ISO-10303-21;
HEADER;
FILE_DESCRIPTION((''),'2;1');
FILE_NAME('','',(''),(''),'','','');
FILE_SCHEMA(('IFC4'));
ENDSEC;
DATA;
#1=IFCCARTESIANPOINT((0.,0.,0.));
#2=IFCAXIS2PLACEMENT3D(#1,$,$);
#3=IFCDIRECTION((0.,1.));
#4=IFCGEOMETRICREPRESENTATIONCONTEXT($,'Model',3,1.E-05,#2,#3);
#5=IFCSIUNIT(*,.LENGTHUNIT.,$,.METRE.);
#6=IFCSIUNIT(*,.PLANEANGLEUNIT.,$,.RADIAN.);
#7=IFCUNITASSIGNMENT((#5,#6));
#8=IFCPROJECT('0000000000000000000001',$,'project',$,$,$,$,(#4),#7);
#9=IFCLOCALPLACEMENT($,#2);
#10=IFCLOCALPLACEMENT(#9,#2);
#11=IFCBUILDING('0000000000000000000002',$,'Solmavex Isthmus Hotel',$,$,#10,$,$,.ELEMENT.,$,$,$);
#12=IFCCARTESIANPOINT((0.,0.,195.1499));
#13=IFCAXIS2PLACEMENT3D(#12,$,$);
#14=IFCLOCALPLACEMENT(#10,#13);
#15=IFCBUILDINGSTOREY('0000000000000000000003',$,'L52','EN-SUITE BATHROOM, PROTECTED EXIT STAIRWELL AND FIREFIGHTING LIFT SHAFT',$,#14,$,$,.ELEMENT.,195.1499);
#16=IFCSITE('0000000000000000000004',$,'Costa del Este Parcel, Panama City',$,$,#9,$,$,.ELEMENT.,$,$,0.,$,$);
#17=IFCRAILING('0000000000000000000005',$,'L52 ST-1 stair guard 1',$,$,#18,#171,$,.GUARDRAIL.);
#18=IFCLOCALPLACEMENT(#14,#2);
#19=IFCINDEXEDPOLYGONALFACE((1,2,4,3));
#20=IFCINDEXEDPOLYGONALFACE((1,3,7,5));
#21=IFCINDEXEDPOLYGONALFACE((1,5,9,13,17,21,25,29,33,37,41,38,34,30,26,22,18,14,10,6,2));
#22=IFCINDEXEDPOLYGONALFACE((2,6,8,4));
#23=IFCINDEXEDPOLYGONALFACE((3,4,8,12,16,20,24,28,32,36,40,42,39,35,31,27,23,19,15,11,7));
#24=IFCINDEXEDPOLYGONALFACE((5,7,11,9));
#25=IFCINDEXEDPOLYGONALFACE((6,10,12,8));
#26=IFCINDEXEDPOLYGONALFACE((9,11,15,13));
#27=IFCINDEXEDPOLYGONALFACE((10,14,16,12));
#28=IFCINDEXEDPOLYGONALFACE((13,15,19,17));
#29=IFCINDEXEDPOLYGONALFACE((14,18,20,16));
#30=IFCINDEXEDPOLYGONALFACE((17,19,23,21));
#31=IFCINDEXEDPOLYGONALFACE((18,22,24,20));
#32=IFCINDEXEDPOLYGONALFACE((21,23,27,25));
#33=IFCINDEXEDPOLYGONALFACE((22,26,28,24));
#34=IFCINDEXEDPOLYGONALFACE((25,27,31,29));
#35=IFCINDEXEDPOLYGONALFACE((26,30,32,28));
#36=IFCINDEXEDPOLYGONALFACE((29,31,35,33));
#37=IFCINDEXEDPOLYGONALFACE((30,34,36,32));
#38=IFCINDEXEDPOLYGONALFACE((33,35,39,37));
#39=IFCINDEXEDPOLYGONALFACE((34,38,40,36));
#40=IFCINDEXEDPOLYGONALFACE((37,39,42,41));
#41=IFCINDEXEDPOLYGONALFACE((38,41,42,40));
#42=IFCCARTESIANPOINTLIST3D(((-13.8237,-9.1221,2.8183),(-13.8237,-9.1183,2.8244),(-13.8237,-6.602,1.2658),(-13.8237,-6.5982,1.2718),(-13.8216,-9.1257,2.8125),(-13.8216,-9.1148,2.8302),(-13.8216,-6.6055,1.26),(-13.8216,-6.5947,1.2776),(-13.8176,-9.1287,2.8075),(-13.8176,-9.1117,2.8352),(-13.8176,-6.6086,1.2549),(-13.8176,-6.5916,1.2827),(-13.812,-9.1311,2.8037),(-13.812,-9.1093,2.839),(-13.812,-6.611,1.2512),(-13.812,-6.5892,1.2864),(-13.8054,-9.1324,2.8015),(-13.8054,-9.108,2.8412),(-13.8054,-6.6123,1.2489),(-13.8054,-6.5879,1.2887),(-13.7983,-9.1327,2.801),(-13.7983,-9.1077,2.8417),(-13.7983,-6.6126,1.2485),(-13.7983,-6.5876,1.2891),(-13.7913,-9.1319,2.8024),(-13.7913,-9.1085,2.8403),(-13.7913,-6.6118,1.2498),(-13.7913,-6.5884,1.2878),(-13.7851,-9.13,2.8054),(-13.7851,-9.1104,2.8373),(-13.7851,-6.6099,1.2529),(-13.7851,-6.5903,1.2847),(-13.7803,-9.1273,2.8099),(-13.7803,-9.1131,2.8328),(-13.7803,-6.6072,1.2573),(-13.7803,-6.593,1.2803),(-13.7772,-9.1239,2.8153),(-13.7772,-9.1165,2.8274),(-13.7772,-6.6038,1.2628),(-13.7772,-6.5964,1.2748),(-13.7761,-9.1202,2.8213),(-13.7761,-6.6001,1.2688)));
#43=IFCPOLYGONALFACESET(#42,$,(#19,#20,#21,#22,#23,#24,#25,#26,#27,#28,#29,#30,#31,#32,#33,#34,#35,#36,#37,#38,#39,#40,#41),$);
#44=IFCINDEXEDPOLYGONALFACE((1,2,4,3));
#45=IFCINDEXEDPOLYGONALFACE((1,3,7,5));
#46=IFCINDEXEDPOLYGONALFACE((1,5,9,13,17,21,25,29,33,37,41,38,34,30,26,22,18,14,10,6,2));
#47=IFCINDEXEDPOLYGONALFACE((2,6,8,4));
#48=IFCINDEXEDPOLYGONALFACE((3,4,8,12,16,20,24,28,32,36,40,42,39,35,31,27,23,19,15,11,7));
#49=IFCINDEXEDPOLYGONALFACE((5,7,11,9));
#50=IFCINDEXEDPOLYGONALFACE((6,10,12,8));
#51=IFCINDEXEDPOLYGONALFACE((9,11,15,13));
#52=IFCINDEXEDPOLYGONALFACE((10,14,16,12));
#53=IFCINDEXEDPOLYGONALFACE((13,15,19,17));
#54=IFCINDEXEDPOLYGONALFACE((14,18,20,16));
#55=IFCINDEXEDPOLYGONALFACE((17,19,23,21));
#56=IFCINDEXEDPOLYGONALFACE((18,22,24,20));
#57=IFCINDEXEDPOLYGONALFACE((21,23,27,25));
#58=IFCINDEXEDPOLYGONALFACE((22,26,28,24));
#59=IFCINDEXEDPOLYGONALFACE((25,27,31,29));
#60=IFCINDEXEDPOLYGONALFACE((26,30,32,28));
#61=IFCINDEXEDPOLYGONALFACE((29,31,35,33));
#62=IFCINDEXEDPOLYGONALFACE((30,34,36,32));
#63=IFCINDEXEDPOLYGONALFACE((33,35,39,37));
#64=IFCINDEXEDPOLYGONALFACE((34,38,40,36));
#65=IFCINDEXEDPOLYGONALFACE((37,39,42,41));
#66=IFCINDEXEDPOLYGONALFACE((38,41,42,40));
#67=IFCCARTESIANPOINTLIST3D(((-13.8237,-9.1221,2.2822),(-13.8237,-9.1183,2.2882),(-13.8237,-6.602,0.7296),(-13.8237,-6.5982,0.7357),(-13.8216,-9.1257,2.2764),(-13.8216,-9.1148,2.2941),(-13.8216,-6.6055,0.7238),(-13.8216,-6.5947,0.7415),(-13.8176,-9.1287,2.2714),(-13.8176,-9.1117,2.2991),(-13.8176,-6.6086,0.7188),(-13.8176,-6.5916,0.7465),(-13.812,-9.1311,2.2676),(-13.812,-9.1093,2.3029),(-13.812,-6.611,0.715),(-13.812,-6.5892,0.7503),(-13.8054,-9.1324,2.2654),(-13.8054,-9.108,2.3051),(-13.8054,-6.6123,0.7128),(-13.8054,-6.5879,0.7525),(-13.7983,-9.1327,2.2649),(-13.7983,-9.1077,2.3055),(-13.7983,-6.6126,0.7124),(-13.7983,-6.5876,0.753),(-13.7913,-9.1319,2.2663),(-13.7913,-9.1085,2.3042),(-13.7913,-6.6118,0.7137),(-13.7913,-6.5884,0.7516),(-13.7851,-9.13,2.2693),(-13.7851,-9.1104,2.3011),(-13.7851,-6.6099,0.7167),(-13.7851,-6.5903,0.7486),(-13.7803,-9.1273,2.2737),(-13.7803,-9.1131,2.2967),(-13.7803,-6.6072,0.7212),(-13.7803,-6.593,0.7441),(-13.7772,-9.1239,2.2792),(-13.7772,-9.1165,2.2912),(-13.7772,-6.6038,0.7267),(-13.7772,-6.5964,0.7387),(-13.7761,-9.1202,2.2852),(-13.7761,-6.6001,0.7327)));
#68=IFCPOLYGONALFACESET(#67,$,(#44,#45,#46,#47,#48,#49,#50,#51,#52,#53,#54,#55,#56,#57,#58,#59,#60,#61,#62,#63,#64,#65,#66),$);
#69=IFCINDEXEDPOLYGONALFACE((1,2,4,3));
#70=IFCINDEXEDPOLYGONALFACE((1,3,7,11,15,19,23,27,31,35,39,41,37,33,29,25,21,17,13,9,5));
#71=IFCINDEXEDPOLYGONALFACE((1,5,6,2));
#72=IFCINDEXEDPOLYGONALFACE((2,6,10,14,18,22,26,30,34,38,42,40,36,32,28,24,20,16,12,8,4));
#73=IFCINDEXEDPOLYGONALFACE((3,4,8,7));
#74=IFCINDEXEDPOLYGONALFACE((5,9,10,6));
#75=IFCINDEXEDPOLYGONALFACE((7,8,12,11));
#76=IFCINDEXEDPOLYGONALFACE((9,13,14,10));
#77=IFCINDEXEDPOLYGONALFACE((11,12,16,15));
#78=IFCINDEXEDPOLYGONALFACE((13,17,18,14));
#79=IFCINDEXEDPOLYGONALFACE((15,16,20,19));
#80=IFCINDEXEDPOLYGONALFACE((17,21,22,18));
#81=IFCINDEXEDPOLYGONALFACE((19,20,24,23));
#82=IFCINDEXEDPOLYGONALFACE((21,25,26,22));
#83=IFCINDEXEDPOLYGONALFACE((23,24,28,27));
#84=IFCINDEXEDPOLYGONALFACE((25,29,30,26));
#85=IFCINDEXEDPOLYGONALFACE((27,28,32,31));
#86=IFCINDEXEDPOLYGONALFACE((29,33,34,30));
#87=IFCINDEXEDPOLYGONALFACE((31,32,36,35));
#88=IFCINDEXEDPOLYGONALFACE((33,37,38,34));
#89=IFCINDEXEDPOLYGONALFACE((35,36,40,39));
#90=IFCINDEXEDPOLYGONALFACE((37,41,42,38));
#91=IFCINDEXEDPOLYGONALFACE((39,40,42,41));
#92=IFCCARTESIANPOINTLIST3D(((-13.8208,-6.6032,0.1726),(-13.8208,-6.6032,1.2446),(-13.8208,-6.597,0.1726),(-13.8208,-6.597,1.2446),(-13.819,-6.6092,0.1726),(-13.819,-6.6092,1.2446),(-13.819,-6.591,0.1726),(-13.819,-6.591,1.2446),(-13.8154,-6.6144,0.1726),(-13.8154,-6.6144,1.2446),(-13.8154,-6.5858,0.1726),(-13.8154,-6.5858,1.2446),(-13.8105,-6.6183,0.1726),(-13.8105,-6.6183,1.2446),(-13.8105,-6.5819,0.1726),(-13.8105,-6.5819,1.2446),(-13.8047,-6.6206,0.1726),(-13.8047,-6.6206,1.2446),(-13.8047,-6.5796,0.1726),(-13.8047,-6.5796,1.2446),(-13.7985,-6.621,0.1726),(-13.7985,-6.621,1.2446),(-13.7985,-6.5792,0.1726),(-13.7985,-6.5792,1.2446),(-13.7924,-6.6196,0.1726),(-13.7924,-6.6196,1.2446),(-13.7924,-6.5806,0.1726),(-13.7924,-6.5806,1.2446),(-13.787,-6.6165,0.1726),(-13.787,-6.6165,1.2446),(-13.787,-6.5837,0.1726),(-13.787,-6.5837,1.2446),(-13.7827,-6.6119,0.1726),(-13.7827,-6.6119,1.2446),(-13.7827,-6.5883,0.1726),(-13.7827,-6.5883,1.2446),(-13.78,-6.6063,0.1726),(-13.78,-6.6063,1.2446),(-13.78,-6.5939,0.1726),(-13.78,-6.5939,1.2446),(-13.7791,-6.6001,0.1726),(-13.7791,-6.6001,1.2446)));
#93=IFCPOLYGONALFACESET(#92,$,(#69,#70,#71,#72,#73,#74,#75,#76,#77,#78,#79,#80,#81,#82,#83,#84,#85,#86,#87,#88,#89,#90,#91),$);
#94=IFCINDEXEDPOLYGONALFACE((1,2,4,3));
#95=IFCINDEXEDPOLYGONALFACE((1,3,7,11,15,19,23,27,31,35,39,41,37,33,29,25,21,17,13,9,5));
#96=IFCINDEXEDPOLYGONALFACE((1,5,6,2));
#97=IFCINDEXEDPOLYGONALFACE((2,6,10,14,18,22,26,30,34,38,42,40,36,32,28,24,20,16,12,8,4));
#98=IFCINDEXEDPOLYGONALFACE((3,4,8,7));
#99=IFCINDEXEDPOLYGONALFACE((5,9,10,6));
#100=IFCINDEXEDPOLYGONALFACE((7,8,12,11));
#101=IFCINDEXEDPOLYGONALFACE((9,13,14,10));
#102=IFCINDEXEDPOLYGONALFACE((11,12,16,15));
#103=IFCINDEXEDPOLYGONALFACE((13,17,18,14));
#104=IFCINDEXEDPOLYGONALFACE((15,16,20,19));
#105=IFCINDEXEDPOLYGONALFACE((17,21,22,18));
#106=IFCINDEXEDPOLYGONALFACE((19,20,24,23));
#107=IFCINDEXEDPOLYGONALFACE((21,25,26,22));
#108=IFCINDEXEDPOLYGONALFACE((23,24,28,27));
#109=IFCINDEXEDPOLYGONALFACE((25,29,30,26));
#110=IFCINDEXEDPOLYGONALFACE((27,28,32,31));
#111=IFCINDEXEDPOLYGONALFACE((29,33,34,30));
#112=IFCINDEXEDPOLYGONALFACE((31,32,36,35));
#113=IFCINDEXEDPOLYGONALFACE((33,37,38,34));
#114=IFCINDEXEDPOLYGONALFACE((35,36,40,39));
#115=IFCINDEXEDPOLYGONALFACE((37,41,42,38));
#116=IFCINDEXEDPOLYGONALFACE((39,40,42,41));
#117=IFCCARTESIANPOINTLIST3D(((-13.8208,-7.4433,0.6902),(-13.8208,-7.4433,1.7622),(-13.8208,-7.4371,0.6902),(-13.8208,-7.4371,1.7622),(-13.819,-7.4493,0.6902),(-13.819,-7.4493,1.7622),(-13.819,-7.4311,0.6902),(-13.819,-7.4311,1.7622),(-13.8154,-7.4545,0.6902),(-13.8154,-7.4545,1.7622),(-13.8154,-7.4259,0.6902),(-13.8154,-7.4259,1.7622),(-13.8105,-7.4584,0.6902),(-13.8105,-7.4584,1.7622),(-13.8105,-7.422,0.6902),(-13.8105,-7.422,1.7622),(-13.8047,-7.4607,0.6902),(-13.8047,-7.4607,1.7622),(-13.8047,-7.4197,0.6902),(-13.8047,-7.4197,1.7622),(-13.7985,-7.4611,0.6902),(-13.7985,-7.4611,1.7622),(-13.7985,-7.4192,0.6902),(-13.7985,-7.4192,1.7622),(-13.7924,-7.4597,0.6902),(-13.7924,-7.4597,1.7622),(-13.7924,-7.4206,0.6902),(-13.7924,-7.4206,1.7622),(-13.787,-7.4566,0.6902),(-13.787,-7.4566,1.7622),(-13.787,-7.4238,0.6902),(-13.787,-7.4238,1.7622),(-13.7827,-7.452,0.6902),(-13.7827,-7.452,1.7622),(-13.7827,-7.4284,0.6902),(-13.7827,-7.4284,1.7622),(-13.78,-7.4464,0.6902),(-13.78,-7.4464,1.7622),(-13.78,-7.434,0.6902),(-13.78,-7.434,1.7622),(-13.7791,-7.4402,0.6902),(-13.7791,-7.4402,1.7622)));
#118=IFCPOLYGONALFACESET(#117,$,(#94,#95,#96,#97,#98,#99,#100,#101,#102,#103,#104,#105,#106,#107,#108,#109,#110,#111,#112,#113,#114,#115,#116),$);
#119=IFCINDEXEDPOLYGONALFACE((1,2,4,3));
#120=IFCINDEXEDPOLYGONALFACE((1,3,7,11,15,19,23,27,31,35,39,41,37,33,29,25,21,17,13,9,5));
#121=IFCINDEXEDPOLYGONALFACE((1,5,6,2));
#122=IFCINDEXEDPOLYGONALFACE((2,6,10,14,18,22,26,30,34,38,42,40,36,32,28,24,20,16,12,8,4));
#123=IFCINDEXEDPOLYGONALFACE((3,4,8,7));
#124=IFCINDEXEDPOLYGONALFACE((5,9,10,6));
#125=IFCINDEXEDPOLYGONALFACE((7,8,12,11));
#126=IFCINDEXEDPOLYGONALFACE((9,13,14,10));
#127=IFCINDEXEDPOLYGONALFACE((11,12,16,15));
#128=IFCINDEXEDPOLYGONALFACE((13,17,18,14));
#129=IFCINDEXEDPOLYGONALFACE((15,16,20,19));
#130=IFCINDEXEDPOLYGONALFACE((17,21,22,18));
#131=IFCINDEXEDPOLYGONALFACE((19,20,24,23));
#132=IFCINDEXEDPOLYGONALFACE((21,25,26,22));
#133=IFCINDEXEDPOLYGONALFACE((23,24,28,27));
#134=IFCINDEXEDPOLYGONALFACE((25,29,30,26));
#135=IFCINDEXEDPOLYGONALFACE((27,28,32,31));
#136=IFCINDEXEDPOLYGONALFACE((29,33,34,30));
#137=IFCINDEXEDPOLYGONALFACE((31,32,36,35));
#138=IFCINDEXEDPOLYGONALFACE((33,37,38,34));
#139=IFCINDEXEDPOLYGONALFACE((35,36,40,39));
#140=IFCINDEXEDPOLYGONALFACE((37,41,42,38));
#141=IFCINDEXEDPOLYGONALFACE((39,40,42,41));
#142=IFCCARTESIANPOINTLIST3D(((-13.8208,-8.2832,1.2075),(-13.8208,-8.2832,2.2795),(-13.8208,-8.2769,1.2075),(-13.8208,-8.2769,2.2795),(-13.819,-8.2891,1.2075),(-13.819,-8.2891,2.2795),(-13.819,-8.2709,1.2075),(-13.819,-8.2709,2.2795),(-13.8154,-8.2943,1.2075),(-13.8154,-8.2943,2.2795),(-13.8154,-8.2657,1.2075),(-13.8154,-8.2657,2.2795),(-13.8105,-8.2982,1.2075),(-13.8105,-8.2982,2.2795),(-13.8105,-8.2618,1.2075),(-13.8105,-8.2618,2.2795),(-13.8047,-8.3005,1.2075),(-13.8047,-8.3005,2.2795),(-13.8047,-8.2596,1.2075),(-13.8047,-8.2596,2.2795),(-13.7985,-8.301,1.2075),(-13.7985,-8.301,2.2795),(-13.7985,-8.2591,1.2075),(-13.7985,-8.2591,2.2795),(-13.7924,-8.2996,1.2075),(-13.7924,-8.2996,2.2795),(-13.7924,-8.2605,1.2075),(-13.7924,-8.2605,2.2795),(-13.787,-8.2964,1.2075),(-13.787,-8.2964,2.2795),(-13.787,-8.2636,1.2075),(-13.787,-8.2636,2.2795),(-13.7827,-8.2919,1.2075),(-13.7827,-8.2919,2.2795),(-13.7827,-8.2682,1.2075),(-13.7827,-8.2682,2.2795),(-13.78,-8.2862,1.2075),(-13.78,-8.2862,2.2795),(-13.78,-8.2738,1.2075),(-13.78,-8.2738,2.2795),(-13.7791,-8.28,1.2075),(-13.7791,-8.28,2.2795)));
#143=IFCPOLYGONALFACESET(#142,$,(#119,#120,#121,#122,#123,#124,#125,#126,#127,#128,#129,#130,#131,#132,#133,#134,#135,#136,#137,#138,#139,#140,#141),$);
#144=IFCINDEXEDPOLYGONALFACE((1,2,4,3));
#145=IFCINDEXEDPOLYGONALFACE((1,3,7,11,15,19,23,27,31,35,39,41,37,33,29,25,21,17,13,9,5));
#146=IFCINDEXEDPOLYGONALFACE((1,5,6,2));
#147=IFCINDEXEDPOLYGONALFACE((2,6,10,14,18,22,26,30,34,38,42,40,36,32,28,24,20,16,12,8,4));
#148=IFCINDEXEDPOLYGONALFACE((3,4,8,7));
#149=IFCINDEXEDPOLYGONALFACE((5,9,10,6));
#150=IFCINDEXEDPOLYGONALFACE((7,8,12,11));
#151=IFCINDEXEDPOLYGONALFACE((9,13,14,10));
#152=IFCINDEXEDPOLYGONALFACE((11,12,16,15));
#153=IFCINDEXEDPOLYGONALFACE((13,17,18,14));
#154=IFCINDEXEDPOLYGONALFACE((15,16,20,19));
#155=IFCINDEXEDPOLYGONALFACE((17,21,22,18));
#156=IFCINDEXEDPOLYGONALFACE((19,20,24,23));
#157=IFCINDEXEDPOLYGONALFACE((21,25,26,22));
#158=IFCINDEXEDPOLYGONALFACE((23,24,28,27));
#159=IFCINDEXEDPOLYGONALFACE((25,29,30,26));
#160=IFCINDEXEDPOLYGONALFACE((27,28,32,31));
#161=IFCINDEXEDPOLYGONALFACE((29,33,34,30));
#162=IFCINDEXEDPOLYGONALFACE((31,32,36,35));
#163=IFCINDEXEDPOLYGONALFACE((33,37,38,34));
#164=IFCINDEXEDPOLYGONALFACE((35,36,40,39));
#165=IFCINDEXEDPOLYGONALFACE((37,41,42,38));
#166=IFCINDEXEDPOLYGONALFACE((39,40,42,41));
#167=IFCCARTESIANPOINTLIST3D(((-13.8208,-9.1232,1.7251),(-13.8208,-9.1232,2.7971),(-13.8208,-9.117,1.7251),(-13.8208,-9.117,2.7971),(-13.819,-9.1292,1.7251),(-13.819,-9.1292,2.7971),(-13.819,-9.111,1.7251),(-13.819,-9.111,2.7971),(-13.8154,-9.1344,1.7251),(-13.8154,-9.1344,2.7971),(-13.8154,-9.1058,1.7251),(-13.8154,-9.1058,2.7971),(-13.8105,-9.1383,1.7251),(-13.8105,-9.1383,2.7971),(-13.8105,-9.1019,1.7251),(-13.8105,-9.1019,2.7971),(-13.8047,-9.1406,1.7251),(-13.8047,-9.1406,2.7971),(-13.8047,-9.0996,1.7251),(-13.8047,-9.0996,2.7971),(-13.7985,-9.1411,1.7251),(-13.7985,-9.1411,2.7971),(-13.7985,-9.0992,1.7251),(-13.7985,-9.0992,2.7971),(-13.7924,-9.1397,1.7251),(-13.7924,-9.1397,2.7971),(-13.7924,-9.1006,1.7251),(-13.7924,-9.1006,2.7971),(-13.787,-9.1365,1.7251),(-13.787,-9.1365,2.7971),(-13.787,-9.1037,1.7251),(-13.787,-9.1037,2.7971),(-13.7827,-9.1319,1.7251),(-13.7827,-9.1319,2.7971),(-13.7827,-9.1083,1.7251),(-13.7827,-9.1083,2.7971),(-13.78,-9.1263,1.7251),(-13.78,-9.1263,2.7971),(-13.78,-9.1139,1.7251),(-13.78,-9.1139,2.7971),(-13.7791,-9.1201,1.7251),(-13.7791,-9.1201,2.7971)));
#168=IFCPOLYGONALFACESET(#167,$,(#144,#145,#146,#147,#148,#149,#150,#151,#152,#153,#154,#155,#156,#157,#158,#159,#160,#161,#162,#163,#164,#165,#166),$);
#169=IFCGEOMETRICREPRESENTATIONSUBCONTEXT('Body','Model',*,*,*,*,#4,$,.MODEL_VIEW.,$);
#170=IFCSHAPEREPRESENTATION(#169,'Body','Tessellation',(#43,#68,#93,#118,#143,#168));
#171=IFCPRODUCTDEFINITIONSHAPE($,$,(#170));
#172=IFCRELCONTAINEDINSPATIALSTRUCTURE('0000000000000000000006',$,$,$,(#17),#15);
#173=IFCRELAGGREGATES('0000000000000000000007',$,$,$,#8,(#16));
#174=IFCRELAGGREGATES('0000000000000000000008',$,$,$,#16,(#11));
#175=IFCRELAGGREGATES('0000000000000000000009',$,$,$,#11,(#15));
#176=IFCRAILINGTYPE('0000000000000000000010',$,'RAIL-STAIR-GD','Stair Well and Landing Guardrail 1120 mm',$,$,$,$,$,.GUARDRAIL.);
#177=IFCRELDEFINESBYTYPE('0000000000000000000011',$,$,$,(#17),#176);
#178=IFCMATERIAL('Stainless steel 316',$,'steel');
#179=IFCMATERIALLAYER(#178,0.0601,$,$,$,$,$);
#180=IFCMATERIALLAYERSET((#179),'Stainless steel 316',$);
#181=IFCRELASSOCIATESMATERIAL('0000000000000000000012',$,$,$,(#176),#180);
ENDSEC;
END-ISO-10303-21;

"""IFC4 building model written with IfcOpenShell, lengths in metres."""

from ifc_helpers import new_model, si_unit, direction, frame, origin, origin_2d, place, context, subcontext, project, spatial, circle, extrude, material, layer, layer_set, type_object, element, save


model = new_model("IFC4")

# Units and contexts
model_context = context("Model", 3, precision=1e-05, world=origin(), true_north=direction((0.0, 1.0)))
body_context = subcontext(model_context, "Body", "Model", "MODEL_VIEW")
ifc_project = project(units=[si_unit("LENGTHUNIT", "METRE"), si_unit("PLANEANGLEUNIT", "RADIAN")], contexts=[model_context])

# Site, building, storey
site_placement = place(None, origin())
site = spatial("IfcSite", under=ifc_project, at=site_placement, Name="Costa del Este Parcel, Panama City", CompositionType="ELEMENT", RefElevation=0.0)
building_placement = place(site_placement, origin())
building = spatial("IfcBuilding", under=site, at=building_placement, Name="Solmavex Isthmus Hotel", CompositionType="ELEMENT")
storey_placement = place(building_placement, frame((0.0, 0.0, 195.1499)))
storey = spatial("IfcBuildingStorey", under=building, at=storey_placement, Name="L52", Description="EN-SUITE BATHROOM, PROTECTED EXIT STAIRWELL AND FIREFIGHTING LIFT SHAFT", CompositionType="ELEMENT", Elevation=195.1499)

# Railing
ifc_material_1 = material(Name="Stainless steel 316", Category="steel")
ifc_layer_1 = layer(ifc_material_1, 0.0601)
ifc_layer_set_1 = layer_set([ifc_layer_1], Name="Stainless steel 316")
railing_type_1 = type_object("IfcRailingType", Name="RAIL-STAIR-GD", Description="Stair Well and Landing Guardrail 1120 mm", PredefinedType="GUARDRAIL", material=ifc_layer_set_1)
railing_1_placement = place(storey_placement, frame((-13.8, -6.6001, 0.1726)))
element("IfcRailing", 1, at=railing_1_placement, inside=storey, type_object=railing_type_1, Name="L52 ST-1 stair guard 1", PredefinedType="GUARDRAIL", context=body_context, shape_type="SweptSolid", body=[
    extrude(circle(Radius=0.0239, at=origin_2d()), frame((0.0, 0.0, 1.0962), z_axis=(0.0, -0.8514, 0.524516), x_axis=(1.0, 0.0, 0.0)), (0.0, 0.0, 1.0), 2.96),
    extrude(circle(Radius=0.0239, at=origin_2d()), frame((0.0, 0.0, 0.5601), z_axis=(0.0, -0.8514, 0.524516), x_axis=(1.0, 0.0, 0.0)), (0.0, 0.0, 1.0), 2.96),
    extrude(circle(Radius=0.021, at=origin_2d()), origin(), (0.0, 0.0, 1.0), 1.072),
    extrude(circle(Radius=0.021, at=origin_2d()), frame((0.0, -0.8401, 0.5176)), (0.0, 0.0, 1.0), 1.072),
    extrude(circle(Radius=0.021, at=origin_2d()), frame((0.0, -1.6799, 1.0349)), (0.0, 0.0, 1.0), 1.072),
    extrude(circle(Radius=0.021, at=origin_2d()), frame((0.0, -2.52, 1.5525)), (0.0, 0.0, 1.0), 1.072),
])

save(model, "model.ifc")
